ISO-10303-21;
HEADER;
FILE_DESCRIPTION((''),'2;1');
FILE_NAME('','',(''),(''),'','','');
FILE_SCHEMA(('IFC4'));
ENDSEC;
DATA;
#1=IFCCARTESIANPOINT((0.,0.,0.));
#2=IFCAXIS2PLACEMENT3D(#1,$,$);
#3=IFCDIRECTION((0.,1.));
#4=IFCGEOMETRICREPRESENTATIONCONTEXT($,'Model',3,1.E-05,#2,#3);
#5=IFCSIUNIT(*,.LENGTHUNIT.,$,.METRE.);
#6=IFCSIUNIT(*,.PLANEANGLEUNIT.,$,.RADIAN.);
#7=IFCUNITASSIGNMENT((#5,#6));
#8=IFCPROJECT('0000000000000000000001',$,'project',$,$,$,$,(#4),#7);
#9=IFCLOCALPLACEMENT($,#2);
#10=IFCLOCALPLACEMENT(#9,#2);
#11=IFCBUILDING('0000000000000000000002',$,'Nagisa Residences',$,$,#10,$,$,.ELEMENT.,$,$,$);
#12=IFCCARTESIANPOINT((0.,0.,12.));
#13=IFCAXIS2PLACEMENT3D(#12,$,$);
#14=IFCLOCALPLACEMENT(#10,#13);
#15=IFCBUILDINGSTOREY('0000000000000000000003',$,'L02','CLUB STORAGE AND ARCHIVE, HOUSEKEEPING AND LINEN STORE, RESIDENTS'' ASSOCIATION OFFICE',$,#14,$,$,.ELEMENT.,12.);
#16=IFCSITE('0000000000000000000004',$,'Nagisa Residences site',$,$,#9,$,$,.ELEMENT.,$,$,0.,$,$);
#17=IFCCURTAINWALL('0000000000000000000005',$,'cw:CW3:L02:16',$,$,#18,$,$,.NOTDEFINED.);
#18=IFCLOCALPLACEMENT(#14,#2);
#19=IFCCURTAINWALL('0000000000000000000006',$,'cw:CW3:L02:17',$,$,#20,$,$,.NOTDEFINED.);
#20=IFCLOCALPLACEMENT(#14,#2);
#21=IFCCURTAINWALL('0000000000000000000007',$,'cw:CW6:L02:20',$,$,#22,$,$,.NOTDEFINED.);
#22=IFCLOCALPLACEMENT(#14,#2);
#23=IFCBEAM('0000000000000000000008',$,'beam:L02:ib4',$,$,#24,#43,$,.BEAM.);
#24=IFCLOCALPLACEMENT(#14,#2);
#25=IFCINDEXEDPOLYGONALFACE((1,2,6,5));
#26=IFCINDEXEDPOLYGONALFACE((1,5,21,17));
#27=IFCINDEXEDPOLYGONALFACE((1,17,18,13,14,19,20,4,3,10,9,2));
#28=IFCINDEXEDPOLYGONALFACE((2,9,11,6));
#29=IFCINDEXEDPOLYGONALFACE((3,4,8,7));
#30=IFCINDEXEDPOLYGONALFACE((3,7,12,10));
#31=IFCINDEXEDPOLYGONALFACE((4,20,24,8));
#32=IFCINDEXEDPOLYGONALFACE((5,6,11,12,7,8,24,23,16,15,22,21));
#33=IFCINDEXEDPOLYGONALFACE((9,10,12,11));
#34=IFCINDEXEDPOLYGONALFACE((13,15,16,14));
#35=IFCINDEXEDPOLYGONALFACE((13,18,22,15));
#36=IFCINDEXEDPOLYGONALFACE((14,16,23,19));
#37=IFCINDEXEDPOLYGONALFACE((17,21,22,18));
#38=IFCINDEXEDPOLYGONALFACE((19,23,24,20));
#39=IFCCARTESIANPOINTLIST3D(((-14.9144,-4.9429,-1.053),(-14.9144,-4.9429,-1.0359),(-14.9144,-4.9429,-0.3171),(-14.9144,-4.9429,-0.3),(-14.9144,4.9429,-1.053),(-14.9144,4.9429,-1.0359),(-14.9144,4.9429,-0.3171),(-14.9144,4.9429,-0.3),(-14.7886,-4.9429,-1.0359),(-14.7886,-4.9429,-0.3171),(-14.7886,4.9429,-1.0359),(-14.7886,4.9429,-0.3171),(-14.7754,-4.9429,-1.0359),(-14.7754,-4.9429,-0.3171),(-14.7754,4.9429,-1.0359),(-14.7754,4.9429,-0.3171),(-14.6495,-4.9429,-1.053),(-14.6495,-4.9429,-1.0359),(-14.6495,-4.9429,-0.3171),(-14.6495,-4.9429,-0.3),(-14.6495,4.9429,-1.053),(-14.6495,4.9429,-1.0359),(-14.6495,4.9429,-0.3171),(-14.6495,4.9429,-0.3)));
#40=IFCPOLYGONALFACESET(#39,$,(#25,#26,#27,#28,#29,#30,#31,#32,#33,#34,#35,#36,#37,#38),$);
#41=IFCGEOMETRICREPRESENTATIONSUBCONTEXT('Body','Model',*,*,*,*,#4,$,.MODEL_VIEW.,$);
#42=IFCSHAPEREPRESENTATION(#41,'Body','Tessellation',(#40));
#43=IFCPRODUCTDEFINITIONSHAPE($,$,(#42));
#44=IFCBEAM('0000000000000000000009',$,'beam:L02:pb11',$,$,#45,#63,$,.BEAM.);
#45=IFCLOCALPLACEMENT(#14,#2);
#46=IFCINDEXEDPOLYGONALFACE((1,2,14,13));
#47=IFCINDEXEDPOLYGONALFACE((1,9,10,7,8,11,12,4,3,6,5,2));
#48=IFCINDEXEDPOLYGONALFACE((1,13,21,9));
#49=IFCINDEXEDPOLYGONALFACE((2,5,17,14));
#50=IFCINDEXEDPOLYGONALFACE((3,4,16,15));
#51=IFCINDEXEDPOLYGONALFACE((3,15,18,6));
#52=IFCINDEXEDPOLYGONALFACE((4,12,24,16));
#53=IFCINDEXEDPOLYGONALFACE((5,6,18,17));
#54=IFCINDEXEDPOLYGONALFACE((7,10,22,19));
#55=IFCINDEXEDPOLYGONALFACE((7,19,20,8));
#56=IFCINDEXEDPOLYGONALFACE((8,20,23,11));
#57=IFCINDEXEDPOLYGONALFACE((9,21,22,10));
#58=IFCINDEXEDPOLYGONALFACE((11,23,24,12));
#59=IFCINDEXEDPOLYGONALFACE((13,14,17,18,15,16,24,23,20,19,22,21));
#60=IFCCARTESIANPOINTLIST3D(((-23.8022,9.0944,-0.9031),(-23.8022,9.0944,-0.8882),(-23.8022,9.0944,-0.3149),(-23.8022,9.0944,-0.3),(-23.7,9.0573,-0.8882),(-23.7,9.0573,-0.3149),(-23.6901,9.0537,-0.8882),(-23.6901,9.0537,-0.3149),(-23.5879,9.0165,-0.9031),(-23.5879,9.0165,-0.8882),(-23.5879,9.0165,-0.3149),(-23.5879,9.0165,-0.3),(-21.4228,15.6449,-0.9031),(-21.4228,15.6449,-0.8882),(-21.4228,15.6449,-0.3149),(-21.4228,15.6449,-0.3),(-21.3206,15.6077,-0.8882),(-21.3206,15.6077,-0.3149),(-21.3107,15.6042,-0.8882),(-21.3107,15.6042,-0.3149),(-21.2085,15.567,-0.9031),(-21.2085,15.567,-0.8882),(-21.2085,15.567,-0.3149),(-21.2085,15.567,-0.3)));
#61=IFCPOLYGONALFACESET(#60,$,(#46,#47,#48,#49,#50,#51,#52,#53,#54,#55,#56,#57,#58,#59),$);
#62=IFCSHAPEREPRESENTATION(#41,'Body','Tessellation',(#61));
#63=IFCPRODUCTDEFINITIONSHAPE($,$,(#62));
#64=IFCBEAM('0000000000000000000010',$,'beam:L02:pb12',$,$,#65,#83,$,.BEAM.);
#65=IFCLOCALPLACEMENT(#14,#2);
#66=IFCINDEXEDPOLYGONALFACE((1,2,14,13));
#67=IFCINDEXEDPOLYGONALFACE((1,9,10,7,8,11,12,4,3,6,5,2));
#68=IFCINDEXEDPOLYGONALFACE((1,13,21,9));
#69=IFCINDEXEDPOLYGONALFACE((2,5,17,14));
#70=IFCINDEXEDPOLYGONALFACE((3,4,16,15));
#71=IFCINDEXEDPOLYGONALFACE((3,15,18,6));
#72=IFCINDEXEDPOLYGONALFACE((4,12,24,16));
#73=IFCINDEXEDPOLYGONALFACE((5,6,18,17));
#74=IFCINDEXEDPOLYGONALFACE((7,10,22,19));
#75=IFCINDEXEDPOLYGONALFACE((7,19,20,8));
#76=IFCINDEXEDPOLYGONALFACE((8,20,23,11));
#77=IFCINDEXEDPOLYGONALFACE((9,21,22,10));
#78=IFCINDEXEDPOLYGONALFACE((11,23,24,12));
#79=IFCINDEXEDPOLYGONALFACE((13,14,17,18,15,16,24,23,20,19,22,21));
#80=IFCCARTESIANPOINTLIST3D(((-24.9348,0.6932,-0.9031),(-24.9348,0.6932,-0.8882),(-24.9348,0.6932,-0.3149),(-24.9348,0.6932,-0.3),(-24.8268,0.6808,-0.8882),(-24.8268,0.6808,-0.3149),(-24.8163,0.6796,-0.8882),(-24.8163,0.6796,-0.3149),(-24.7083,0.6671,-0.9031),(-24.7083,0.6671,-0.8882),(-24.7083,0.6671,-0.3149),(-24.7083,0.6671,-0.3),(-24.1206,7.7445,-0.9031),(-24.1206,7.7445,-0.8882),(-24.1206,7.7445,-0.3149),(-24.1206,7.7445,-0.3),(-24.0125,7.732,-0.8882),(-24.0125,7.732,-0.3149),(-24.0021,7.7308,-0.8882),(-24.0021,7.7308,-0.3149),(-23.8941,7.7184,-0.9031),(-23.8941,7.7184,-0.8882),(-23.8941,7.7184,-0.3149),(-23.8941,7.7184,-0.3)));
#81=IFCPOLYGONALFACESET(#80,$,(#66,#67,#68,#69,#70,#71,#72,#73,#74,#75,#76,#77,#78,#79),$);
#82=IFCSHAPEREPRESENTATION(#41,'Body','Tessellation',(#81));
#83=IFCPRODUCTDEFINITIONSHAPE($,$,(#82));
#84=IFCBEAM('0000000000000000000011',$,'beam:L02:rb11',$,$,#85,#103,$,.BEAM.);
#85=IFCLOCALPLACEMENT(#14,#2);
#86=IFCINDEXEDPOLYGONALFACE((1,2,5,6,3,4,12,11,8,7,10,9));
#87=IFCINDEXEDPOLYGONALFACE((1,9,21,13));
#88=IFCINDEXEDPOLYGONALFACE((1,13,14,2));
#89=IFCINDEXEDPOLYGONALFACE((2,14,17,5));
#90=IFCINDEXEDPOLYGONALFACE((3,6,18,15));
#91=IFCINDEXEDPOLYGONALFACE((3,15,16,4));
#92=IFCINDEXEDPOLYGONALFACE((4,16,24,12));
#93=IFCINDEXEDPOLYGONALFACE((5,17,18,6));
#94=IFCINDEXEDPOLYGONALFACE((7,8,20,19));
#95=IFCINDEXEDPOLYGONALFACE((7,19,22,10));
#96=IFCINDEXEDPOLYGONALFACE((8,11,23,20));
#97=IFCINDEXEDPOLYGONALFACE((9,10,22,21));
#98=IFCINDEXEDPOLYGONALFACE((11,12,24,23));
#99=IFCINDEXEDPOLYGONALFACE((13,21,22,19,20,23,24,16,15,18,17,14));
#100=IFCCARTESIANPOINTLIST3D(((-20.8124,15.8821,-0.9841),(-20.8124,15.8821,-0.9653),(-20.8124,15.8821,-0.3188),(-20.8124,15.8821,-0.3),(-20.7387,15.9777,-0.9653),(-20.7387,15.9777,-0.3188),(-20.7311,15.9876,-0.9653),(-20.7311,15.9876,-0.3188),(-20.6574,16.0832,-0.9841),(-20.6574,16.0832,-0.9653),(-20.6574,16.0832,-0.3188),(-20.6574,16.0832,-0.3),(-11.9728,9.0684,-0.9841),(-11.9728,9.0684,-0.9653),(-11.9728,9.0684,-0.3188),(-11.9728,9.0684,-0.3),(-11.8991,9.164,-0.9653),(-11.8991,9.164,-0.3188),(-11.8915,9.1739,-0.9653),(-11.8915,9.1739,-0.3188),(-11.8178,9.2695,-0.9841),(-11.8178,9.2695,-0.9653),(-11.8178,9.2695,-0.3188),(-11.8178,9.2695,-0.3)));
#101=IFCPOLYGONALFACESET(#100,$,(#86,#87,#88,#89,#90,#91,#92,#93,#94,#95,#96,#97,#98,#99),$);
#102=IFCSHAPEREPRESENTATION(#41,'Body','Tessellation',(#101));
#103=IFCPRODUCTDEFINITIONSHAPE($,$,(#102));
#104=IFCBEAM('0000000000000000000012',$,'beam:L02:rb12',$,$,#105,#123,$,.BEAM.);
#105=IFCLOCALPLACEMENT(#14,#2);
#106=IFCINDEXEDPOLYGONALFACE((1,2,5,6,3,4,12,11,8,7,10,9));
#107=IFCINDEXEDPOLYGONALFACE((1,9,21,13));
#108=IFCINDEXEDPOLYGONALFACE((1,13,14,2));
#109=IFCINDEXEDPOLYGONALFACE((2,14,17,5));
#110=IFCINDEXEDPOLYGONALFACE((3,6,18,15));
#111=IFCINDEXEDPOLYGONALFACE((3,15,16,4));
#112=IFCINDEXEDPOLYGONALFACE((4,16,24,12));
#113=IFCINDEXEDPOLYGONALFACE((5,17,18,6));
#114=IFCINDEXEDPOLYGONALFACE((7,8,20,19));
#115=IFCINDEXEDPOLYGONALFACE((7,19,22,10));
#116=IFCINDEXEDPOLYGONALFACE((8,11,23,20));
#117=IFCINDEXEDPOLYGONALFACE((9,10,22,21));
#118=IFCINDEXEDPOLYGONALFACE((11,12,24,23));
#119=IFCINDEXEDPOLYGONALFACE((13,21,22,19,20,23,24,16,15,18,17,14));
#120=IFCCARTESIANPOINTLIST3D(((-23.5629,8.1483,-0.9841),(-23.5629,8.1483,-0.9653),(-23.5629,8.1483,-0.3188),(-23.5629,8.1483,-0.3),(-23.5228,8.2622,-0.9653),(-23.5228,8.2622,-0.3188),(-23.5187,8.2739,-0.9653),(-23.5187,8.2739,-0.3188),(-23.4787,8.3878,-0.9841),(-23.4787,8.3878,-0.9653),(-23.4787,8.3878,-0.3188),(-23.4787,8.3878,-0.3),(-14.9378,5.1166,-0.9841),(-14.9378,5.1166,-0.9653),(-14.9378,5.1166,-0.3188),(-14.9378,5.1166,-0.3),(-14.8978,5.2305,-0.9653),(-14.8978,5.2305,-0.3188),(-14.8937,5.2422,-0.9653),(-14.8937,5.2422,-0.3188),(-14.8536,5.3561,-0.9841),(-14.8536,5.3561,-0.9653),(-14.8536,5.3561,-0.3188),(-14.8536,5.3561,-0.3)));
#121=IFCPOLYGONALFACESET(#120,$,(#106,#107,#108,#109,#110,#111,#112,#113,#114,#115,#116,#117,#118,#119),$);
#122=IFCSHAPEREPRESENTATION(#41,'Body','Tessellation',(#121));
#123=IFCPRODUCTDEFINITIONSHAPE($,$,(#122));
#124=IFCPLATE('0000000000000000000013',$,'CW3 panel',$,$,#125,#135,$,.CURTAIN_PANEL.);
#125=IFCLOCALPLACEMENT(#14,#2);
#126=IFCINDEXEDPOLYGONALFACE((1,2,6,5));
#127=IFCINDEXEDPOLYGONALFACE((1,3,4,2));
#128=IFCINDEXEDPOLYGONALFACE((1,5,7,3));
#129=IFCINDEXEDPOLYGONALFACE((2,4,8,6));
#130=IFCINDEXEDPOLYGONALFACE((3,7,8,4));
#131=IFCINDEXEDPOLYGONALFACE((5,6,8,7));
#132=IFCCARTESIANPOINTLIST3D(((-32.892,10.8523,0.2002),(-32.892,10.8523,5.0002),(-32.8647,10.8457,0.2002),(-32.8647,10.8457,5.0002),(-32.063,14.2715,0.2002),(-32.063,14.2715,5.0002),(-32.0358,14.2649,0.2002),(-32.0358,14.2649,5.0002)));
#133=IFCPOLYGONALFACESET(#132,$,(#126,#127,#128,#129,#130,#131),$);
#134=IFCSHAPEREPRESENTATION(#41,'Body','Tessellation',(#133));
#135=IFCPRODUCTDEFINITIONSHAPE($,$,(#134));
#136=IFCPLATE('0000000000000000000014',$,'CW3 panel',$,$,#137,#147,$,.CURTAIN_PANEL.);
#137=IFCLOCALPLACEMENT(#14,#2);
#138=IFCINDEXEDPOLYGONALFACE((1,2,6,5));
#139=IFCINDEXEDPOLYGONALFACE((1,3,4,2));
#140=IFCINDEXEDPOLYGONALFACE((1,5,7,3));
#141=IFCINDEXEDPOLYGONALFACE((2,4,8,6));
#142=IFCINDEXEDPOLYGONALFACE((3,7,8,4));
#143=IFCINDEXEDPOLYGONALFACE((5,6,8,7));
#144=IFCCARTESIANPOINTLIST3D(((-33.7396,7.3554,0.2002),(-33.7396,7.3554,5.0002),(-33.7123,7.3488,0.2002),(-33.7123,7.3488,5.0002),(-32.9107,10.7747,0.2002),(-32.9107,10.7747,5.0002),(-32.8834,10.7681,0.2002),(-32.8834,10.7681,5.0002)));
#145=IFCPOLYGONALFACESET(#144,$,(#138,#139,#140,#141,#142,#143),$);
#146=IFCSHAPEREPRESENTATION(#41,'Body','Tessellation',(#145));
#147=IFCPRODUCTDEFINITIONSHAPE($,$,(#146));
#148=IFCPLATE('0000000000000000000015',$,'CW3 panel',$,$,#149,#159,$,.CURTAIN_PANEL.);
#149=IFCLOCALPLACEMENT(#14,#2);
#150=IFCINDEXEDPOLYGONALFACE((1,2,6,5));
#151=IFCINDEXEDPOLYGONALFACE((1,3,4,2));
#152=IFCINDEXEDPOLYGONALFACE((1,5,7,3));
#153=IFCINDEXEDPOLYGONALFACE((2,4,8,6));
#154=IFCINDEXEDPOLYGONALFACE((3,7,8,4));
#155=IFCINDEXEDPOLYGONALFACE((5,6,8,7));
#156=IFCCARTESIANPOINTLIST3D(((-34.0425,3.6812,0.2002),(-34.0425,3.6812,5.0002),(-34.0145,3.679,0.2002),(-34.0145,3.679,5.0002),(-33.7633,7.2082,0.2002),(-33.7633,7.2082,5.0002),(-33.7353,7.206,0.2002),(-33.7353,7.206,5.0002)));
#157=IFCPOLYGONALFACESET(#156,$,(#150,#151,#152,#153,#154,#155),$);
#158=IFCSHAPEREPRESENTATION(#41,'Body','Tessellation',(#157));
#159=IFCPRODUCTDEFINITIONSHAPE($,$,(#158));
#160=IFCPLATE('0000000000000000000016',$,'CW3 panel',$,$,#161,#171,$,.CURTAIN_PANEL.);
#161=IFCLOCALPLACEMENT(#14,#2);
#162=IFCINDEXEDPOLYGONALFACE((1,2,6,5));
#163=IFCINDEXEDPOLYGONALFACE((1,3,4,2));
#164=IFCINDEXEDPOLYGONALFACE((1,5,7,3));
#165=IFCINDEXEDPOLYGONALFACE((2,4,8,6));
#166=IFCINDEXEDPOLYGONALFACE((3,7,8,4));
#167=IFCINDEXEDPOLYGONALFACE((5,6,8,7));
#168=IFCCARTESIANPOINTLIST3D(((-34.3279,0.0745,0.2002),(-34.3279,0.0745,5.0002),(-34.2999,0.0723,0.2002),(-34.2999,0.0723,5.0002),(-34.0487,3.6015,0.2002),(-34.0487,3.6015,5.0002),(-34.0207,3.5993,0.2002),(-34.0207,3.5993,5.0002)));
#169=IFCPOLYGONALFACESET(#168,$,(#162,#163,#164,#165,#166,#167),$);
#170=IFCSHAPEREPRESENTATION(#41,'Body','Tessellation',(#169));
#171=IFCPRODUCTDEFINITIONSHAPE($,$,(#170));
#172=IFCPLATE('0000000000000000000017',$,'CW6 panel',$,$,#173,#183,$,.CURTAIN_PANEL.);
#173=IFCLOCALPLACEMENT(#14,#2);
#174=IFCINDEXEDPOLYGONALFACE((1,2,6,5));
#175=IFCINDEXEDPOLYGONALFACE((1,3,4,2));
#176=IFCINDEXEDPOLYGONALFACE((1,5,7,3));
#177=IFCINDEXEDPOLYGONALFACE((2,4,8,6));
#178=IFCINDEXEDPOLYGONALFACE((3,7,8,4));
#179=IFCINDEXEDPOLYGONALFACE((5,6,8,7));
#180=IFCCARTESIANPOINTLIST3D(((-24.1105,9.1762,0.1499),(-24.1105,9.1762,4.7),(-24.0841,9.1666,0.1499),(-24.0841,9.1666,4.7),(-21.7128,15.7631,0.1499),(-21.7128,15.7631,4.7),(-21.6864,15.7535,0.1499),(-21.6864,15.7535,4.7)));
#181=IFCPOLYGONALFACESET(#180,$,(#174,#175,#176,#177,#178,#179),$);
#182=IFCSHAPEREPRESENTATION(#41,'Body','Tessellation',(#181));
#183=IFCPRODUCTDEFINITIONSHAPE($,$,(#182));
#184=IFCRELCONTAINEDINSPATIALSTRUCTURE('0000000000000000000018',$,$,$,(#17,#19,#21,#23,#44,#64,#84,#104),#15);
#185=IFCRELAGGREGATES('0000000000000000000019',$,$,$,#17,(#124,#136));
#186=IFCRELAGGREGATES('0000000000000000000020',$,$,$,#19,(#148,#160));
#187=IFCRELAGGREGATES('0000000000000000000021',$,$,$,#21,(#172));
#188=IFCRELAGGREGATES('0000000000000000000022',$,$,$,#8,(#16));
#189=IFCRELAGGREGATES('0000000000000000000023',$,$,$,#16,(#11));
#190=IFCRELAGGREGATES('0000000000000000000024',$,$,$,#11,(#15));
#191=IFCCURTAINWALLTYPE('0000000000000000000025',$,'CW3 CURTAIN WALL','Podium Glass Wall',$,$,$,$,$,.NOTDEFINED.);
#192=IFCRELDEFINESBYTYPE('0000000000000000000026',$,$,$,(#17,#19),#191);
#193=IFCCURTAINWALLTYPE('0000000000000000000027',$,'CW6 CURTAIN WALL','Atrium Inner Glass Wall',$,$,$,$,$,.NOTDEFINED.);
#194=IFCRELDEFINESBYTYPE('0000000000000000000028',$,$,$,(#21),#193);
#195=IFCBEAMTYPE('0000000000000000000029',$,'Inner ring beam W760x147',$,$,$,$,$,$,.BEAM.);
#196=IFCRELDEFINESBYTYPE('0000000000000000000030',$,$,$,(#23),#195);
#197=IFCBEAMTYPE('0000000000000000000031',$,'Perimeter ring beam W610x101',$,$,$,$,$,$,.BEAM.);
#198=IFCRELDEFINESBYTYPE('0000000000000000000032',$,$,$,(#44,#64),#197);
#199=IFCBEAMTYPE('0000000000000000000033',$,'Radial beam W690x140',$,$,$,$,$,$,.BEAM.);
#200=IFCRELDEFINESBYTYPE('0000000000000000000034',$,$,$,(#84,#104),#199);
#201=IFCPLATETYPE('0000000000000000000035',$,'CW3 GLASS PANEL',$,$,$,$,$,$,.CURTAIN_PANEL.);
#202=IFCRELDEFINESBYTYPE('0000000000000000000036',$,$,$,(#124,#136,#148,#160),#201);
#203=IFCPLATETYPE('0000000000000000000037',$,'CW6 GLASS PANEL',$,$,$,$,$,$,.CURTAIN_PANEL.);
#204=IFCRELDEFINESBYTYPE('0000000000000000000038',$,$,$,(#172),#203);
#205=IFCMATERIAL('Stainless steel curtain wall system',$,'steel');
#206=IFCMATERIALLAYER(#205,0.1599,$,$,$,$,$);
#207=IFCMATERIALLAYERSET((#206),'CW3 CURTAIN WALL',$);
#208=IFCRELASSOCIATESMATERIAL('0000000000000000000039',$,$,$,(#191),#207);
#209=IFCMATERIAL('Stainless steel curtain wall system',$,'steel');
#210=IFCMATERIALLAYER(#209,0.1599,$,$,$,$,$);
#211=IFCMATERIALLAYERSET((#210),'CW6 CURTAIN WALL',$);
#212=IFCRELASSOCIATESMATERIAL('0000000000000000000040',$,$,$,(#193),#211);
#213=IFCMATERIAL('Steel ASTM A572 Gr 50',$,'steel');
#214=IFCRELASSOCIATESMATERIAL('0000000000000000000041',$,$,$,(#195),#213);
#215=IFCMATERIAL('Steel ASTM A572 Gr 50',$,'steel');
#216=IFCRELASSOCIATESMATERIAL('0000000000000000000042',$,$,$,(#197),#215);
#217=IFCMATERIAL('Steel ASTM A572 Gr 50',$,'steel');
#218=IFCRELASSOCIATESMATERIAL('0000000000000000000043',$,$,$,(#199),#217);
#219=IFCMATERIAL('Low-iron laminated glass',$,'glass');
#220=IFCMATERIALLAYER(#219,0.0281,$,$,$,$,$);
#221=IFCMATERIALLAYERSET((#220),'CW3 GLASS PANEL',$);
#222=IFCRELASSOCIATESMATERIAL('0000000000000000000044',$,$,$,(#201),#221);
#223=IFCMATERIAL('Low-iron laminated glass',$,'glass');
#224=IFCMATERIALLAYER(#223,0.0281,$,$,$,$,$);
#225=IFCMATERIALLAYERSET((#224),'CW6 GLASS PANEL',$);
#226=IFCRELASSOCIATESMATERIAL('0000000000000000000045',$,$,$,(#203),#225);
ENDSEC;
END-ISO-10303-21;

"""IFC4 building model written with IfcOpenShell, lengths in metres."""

from ifc_helpers import new_model, si_unit, direction, frame, origin, origin_2d, place, context, subcontext, project, spatial, rectangle, i_section, extrude, material, layer, layer_set, material_profile, profile_set, type_object, element, aggregate, save


model = new_model("IFC4")

# Units and contexts
model_context = context("Model", 3, precision=1e-05, world=origin(), true_north=direction((0.0, 1.0)))
body_context = subcontext(model_context, "Body", "Model", "MODEL_VIEW")
ifc_project = project(units=[si_unit("LENGTHUNIT", "METRE"), si_unit("PLANEANGLEUNIT", "RADIAN")], contexts=[model_context])

# Site, building, storey
site_placement = place(None, origin())
site = spatial("IfcSite", under=ifc_project, at=site_placement, Name="Nagisa Residences site", CompositionType="ELEMENT", RefElevation=0.0)
building_placement = place(site_placement, origin())
building = spatial("IfcBuilding", under=site, at=building_placement, Name="Nagisa Residences", CompositionType="ELEMENT")
storey_placement = place(building_placement, frame((0.0, 0.0, 12.0)))
storey = spatial("IfcBuildingStorey", under=building, at=storey_placement, Name="L02", Description="CLUB STORAGE AND ARCHIVE, HOUSEKEEPING AND LINEN STORE, RESIDENTS' ASSOCIATION OFFICE", CompositionType="ELEMENT", Elevation=12.0)

# Shared definitions
ifc_material_1 = material(Name="Stainless steel curtain wall system", Category="steel")
ifc_layer_1 = layer(ifc_material_1, 0.1599)
ifc_layer_set_1 = layer_set([ifc_layer_1], Name="CW3 CURTAIN WALL")
curtain_wall_type_1 = type_object("IfcCurtainWallType", Name="CW3 CURTAIN WALL", Description="Podium Glass Wall", PredefinedType="NOTDEFINED", material=ifc_layer_set_1)

# Curtain walls
curtain_wall_1_placement = place(storey_placement, origin())
curtain_wall_1 = element("IfcCurtainWall", 1, at=curtain_wall_1_placement, inside=storey, type_object=curtain_wall_type_1, Name="cw:CW3:L02:16", PredefinedType="NOTDEFINED")
curtain_wall_2_placement = place(storey_placement, origin())
curtain_wall_2 = element("IfcCurtainWall", 2, at=curtain_wall_2_placement, inside=storey, type_object=curtain_wall_type_1, Name="cw:CW3:L02:17", PredefinedType="NOTDEFINED")

# Curtain wall
ifc_material_2 = material(Name="Stainless steel curtain wall system", Category="steel")
ifc_layer_2 = layer(ifc_material_2, 0.1599)
ifc_layer_set_2 = layer_set([ifc_layer_2], Name="CW6 CURTAIN WALL")
curtain_wall_type_2 = type_object("IfcCurtainWallType", Name="CW6 CURTAIN WALL", Description="Atrium Inner Glass Wall", PredefinedType="NOTDEFINED", material=ifc_layer_set_2)
curtain_wall_3_placement = place(storey_placement, origin())
curtain_wall_3 = element("IfcCurtainWall", 3, at=curtain_wall_3_placement, inside=storey, type_object=curtain_wall_type_2, Name="cw:CW6:L02:20", PredefinedType="NOTDEFINED")

# Beams
ifc_material_3 = material(Name="Steel ASTM A572 Gr 50", Category="steel")
ifc_material_profile_1 = material_profile(ifc_material_3, i_section(OverallWidth=0.2649, OverallDepth=0.7529, WebThickness=0.0132, FlangeThickness=0.0171, at=origin_2d()), Name="W760x147")
ifc_profile_set_1 = profile_set([ifc_material_profile_1], Name="Steel ASTM A572 Gr 50")
beam_type_1 = type_object("IfcBeamType", Name="Inner ring beam W760x147", PredefinedType="BEAM", material=ifc_profile_set_1)
beam_1_placement = place(storey_placement, frame((-14.782, 4.9429, -0.6765), z_axis=(0.0, -1.0, 0.0), x_axis=(1.0, 0.0, 0.0)))
element("IfcBeam", 4, at=beam_1_placement, inside=storey, type_object=beam_type_1, Name="beam:L02:ib4", PredefinedType="BEAM", context=body_context, shape_type="SweptSolid", body=[
    extrude(i_section(OverallWidth=0.2649, OverallDepth=0.7529, WebThickness=0.0132, FlangeThickness=0.0171, at=origin_2d()), origin(), (0.0, 0.0, 1.0), 9.8857),
])
ifc_material_4 = material(Name="Steel ASTM A572 Gr 50", Category="steel")
ifc_material_profile_2 = material_profile(ifc_material_4, i_section(OverallWidth=0.228, OverallDepth=0.603, WebThickness=0.0105, FlangeThickness=0.0149, at=origin_2d()), Name="W610x101")
ifc_profile_set_2 = profile_set([ifc_material_profile_2], Name="Steel ASTM A572 Gr 50")
beam_type_2 = type_object("IfcBeamType", Name="Perimeter ring beam W610x101", PredefinedType="BEAM", material=ifc_profile_set_2)
beam_2_placement = place(storey_placement, frame((-21.3157, 15.606, -0.6016), z_axis=(-0.341411, -0.939914, 0.0), x_axis=(0.939914, -0.341411, 0.0)))
element("IfcBeam", 5, at=beam_2_placement, inside=storey, type_object=beam_type_2, Name="beam:L02:pb11", PredefinedType="BEAM", context=body_context, shape_type="SweptSolid", body=[
    extrude(i_section(OverallWidth=0.228, OverallDepth=0.603, WebThickness=0.0105, FlangeThickness=0.0149, at=origin_2d()), origin(), (0.0, 0.0, 1.0), 6.9692),
])
beam_3_placement = place(storey_placement, frame((-24.0073, 7.7314, -0.6016), z_axis=(-0.114708, -0.993399, 0.0), x_axis=(0.993399, -0.114708, 0.0)))
element("IfcBeam", 6, at=beam_3_placement, inside=storey, type_object=beam_type_2, Name="beam:L02:pb12", PredefinedType="BEAM", context=body_context, shape_type="SweptSolid", body=[
    extrude(i_section(OverallWidth=0.228, OverallDepth=0.603, WebThickness=0.0105, FlangeThickness=0.0149, at=origin_2d()), origin(), (0.0, 0.0, 1.0), 7.0981),
])
ifc_material_5 = material(Name="Steel ASTM A572 Gr 50", Category="steel")
ifc_material_profile_3 = material_profile(ifc_material_5, i_section(OverallWidth=0.2539, OverallDepth=0.6841, WebThickness=0.0125, FlangeThickness=0.0188, at=origin_2d()), Name="W690x140")
ifc_profile_set_3 = profile_set([ifc_material_profile_3], Name="Steel ASTM A572 Gr 50")
beam_type_3 = type_object("IfcBeamType", Name="Radial beam W690x140", PredefinedType="BEAM", material=ifc_profile_set_3)
beam_4_placement = place(storey_placement, frame((-20.7349, 15.9827, -0.6421), z_axis=(0.792016, -0.6105, 0.0), x_axis=(0.6105, 0.792016, 0.0)))
element("IfcBeam", 7, at=beam_4_placement, inside=storey, type_object=beam_type_3, Name="beam:L02:rb11", PredefinedType="BEAM", context=body_context, shape_type="SweptSolid", body=[
    extrude(i_section(OverallWidth=0.2539, OverallDepth=0.6841, WebThickness=0.0125, FlangeThickness=0.0188, at=origin_2d()), origin(), (0.0, 0.0, 1.0), 11.1609),
])
beam_5_placement = place(storey_placement, frame((-23.5208, 8.2681, -0.6421), z_axis=(0.943415, -0.331616, 0.0), x_axis=(0.331616, 0.943415, 0.0)))
element("IfcBeam", 8, at=beam_5_placement, inside=storey, type_object=beam_type_3, Name="beam:L02:rb12", PredefinedType="BEAM", context=body_context, shape_type="SweptSolid", body=[
    extrude(i_section(OverallWidth=0.2539, OverallDepth=0.6841, WebThickness=0.0125, FlangeThickness=0.0188, at=origin_2d()), origin(), (0.0, 0.0, 1.0), 9.1423),
])

# Plates
ifc_material_6 = material(Name="Low-iron laminated glass", Category="glass")
ifc_layer_3 = layer(ifc_material_6, 0.0281)
ifc_layer_set_3 = layer_set([ifc_layer_3], Name="CW3 GLASS PANEL")
plate_type_1 = type_object("IfcPlateType", Name="CW3 GLASS PANEL", PredefinedType="CURTAIN_PANEL", material=ifc_layer_set_3)
plate_1_placement = place(storey_placement, frame((-32.4639, 12.5586, 0.2002), z_axis=(0.0, 0.0, 1.0), x_axis=(-0.235606, -0.971849, 0.0)))
plate_1 = element("IfcPlate", 9, at=plate_1_placement, type_object=plate_type_1, Name="CW3 panel", PredefinedType="CURTAIN_PANEL", context=body_context, shape_type="SweptSolid", body=[
    extrude(rectangle(XDim=3.5183, YDim=0.0281, at=origin_2d()), origin(), (0.0, 0.0, 1.0), 4.8),
])
plate_2_placement = place(storey_placement, frame((-33.3115, 9.0618, 0.2002), z_axis=(0.0, 0.0, 1.0), x_axis=(-0.235606, -0.971849, 0.0)))
plate_2 = element("IfcPlate", 10, at=plate_2_placement, type_object=plate_type_1, Name="CW3 panel", PredefinedType="CURTAIN_PANEL", context=body_context, shape_type="SweptSolid", body=[
    extrude(rectangle(XDim=3.5183, YDim=0.0281, at=origin_2d()), origin(), (0.0, 0.0, 1.0), 4.8),
])
aggregate(curtain_wall_1, [plate_1, plate_2])
plate_3_placement = place(storey_placement, frame((-33.8889, 5.4436, 0.2002), z_axis=(0.0, 0.0, 1.0), x_axis=(-0.07891, -0.996882, 0.0)))
plate_3 = element("IfcPlate", 11, at=plate_3_placement, type_object=plate_type_1, Name="CW3 panel", PredefinedType="CURTAIN_PANEL", context=body_context, shape_type="SweptSolid", body=[
    extrude(rectangle(XDim=3.5381, YDim=0.0281, at=origin_2d()), origin(), (0.0, 0.0, 1.0), 4.8),
])
plate_4_placement = place(storey_placement, frame((-34.1743, 1.8369, 0.2002), z_axis=(0.0, 0.0, 1.0), x_axis=(-0.07891, -0.996882, 0.0)))
plate_4 = element("IfcPlate", 12, at=plate_4_placement, type_object=plate_type_1, Name="CW3 panel", PredefinedType="CURTAIN_PANEL", context=body_context, shape_type="SweptSolid", body=[
    extrude(rectangle(XDim=3.5381, YDim=0.0281, at=origin_2d()), origin(), (0.0, 0.0, 1.0), 4.8),
])
aggregate(curtain_wall_2, [plate_3, plate_4])
ifc_material_7 = material(Name="Low-iron laminated glass", Category="glass")
ifc_layer_4 = layer(ifc_material_7, 0.0281)
ifc_layer_set_4 = layer_set([ifc_layer_4], Name="CW6 GLASS PANEL")
plate_type_2 = type_object("IfcPlateType", Name="CW6 GLASS PANEL", PredefinedType="CURTAIN_PANEL", material=ifc_layer_set_4)
plate_5_placement = place(storey_placement, frame((-22.8984, 12.4648, 0.1499), z_axis=(0.0, 0.0, 1.0), x_axis=(-0.34205, -0.939682, 0.0)))
plate_5 = element("IfcPlate", 13, at=plate_5_placement, type_object=plate_type_2, Name="CW6 panel", PredefinedType="CURTAIN_PANEL", context=body_context, shape_type="SweptSolid", body=[
    extrude(rectangle(XDim=7.0098, YDim=0.0281, at=origin_2d()), origin(), (0.0, 0.0, 1.0), 4.55),
])
aggregate(curtain_wall_3, [plate_5])

save(model, "model.ifc")
